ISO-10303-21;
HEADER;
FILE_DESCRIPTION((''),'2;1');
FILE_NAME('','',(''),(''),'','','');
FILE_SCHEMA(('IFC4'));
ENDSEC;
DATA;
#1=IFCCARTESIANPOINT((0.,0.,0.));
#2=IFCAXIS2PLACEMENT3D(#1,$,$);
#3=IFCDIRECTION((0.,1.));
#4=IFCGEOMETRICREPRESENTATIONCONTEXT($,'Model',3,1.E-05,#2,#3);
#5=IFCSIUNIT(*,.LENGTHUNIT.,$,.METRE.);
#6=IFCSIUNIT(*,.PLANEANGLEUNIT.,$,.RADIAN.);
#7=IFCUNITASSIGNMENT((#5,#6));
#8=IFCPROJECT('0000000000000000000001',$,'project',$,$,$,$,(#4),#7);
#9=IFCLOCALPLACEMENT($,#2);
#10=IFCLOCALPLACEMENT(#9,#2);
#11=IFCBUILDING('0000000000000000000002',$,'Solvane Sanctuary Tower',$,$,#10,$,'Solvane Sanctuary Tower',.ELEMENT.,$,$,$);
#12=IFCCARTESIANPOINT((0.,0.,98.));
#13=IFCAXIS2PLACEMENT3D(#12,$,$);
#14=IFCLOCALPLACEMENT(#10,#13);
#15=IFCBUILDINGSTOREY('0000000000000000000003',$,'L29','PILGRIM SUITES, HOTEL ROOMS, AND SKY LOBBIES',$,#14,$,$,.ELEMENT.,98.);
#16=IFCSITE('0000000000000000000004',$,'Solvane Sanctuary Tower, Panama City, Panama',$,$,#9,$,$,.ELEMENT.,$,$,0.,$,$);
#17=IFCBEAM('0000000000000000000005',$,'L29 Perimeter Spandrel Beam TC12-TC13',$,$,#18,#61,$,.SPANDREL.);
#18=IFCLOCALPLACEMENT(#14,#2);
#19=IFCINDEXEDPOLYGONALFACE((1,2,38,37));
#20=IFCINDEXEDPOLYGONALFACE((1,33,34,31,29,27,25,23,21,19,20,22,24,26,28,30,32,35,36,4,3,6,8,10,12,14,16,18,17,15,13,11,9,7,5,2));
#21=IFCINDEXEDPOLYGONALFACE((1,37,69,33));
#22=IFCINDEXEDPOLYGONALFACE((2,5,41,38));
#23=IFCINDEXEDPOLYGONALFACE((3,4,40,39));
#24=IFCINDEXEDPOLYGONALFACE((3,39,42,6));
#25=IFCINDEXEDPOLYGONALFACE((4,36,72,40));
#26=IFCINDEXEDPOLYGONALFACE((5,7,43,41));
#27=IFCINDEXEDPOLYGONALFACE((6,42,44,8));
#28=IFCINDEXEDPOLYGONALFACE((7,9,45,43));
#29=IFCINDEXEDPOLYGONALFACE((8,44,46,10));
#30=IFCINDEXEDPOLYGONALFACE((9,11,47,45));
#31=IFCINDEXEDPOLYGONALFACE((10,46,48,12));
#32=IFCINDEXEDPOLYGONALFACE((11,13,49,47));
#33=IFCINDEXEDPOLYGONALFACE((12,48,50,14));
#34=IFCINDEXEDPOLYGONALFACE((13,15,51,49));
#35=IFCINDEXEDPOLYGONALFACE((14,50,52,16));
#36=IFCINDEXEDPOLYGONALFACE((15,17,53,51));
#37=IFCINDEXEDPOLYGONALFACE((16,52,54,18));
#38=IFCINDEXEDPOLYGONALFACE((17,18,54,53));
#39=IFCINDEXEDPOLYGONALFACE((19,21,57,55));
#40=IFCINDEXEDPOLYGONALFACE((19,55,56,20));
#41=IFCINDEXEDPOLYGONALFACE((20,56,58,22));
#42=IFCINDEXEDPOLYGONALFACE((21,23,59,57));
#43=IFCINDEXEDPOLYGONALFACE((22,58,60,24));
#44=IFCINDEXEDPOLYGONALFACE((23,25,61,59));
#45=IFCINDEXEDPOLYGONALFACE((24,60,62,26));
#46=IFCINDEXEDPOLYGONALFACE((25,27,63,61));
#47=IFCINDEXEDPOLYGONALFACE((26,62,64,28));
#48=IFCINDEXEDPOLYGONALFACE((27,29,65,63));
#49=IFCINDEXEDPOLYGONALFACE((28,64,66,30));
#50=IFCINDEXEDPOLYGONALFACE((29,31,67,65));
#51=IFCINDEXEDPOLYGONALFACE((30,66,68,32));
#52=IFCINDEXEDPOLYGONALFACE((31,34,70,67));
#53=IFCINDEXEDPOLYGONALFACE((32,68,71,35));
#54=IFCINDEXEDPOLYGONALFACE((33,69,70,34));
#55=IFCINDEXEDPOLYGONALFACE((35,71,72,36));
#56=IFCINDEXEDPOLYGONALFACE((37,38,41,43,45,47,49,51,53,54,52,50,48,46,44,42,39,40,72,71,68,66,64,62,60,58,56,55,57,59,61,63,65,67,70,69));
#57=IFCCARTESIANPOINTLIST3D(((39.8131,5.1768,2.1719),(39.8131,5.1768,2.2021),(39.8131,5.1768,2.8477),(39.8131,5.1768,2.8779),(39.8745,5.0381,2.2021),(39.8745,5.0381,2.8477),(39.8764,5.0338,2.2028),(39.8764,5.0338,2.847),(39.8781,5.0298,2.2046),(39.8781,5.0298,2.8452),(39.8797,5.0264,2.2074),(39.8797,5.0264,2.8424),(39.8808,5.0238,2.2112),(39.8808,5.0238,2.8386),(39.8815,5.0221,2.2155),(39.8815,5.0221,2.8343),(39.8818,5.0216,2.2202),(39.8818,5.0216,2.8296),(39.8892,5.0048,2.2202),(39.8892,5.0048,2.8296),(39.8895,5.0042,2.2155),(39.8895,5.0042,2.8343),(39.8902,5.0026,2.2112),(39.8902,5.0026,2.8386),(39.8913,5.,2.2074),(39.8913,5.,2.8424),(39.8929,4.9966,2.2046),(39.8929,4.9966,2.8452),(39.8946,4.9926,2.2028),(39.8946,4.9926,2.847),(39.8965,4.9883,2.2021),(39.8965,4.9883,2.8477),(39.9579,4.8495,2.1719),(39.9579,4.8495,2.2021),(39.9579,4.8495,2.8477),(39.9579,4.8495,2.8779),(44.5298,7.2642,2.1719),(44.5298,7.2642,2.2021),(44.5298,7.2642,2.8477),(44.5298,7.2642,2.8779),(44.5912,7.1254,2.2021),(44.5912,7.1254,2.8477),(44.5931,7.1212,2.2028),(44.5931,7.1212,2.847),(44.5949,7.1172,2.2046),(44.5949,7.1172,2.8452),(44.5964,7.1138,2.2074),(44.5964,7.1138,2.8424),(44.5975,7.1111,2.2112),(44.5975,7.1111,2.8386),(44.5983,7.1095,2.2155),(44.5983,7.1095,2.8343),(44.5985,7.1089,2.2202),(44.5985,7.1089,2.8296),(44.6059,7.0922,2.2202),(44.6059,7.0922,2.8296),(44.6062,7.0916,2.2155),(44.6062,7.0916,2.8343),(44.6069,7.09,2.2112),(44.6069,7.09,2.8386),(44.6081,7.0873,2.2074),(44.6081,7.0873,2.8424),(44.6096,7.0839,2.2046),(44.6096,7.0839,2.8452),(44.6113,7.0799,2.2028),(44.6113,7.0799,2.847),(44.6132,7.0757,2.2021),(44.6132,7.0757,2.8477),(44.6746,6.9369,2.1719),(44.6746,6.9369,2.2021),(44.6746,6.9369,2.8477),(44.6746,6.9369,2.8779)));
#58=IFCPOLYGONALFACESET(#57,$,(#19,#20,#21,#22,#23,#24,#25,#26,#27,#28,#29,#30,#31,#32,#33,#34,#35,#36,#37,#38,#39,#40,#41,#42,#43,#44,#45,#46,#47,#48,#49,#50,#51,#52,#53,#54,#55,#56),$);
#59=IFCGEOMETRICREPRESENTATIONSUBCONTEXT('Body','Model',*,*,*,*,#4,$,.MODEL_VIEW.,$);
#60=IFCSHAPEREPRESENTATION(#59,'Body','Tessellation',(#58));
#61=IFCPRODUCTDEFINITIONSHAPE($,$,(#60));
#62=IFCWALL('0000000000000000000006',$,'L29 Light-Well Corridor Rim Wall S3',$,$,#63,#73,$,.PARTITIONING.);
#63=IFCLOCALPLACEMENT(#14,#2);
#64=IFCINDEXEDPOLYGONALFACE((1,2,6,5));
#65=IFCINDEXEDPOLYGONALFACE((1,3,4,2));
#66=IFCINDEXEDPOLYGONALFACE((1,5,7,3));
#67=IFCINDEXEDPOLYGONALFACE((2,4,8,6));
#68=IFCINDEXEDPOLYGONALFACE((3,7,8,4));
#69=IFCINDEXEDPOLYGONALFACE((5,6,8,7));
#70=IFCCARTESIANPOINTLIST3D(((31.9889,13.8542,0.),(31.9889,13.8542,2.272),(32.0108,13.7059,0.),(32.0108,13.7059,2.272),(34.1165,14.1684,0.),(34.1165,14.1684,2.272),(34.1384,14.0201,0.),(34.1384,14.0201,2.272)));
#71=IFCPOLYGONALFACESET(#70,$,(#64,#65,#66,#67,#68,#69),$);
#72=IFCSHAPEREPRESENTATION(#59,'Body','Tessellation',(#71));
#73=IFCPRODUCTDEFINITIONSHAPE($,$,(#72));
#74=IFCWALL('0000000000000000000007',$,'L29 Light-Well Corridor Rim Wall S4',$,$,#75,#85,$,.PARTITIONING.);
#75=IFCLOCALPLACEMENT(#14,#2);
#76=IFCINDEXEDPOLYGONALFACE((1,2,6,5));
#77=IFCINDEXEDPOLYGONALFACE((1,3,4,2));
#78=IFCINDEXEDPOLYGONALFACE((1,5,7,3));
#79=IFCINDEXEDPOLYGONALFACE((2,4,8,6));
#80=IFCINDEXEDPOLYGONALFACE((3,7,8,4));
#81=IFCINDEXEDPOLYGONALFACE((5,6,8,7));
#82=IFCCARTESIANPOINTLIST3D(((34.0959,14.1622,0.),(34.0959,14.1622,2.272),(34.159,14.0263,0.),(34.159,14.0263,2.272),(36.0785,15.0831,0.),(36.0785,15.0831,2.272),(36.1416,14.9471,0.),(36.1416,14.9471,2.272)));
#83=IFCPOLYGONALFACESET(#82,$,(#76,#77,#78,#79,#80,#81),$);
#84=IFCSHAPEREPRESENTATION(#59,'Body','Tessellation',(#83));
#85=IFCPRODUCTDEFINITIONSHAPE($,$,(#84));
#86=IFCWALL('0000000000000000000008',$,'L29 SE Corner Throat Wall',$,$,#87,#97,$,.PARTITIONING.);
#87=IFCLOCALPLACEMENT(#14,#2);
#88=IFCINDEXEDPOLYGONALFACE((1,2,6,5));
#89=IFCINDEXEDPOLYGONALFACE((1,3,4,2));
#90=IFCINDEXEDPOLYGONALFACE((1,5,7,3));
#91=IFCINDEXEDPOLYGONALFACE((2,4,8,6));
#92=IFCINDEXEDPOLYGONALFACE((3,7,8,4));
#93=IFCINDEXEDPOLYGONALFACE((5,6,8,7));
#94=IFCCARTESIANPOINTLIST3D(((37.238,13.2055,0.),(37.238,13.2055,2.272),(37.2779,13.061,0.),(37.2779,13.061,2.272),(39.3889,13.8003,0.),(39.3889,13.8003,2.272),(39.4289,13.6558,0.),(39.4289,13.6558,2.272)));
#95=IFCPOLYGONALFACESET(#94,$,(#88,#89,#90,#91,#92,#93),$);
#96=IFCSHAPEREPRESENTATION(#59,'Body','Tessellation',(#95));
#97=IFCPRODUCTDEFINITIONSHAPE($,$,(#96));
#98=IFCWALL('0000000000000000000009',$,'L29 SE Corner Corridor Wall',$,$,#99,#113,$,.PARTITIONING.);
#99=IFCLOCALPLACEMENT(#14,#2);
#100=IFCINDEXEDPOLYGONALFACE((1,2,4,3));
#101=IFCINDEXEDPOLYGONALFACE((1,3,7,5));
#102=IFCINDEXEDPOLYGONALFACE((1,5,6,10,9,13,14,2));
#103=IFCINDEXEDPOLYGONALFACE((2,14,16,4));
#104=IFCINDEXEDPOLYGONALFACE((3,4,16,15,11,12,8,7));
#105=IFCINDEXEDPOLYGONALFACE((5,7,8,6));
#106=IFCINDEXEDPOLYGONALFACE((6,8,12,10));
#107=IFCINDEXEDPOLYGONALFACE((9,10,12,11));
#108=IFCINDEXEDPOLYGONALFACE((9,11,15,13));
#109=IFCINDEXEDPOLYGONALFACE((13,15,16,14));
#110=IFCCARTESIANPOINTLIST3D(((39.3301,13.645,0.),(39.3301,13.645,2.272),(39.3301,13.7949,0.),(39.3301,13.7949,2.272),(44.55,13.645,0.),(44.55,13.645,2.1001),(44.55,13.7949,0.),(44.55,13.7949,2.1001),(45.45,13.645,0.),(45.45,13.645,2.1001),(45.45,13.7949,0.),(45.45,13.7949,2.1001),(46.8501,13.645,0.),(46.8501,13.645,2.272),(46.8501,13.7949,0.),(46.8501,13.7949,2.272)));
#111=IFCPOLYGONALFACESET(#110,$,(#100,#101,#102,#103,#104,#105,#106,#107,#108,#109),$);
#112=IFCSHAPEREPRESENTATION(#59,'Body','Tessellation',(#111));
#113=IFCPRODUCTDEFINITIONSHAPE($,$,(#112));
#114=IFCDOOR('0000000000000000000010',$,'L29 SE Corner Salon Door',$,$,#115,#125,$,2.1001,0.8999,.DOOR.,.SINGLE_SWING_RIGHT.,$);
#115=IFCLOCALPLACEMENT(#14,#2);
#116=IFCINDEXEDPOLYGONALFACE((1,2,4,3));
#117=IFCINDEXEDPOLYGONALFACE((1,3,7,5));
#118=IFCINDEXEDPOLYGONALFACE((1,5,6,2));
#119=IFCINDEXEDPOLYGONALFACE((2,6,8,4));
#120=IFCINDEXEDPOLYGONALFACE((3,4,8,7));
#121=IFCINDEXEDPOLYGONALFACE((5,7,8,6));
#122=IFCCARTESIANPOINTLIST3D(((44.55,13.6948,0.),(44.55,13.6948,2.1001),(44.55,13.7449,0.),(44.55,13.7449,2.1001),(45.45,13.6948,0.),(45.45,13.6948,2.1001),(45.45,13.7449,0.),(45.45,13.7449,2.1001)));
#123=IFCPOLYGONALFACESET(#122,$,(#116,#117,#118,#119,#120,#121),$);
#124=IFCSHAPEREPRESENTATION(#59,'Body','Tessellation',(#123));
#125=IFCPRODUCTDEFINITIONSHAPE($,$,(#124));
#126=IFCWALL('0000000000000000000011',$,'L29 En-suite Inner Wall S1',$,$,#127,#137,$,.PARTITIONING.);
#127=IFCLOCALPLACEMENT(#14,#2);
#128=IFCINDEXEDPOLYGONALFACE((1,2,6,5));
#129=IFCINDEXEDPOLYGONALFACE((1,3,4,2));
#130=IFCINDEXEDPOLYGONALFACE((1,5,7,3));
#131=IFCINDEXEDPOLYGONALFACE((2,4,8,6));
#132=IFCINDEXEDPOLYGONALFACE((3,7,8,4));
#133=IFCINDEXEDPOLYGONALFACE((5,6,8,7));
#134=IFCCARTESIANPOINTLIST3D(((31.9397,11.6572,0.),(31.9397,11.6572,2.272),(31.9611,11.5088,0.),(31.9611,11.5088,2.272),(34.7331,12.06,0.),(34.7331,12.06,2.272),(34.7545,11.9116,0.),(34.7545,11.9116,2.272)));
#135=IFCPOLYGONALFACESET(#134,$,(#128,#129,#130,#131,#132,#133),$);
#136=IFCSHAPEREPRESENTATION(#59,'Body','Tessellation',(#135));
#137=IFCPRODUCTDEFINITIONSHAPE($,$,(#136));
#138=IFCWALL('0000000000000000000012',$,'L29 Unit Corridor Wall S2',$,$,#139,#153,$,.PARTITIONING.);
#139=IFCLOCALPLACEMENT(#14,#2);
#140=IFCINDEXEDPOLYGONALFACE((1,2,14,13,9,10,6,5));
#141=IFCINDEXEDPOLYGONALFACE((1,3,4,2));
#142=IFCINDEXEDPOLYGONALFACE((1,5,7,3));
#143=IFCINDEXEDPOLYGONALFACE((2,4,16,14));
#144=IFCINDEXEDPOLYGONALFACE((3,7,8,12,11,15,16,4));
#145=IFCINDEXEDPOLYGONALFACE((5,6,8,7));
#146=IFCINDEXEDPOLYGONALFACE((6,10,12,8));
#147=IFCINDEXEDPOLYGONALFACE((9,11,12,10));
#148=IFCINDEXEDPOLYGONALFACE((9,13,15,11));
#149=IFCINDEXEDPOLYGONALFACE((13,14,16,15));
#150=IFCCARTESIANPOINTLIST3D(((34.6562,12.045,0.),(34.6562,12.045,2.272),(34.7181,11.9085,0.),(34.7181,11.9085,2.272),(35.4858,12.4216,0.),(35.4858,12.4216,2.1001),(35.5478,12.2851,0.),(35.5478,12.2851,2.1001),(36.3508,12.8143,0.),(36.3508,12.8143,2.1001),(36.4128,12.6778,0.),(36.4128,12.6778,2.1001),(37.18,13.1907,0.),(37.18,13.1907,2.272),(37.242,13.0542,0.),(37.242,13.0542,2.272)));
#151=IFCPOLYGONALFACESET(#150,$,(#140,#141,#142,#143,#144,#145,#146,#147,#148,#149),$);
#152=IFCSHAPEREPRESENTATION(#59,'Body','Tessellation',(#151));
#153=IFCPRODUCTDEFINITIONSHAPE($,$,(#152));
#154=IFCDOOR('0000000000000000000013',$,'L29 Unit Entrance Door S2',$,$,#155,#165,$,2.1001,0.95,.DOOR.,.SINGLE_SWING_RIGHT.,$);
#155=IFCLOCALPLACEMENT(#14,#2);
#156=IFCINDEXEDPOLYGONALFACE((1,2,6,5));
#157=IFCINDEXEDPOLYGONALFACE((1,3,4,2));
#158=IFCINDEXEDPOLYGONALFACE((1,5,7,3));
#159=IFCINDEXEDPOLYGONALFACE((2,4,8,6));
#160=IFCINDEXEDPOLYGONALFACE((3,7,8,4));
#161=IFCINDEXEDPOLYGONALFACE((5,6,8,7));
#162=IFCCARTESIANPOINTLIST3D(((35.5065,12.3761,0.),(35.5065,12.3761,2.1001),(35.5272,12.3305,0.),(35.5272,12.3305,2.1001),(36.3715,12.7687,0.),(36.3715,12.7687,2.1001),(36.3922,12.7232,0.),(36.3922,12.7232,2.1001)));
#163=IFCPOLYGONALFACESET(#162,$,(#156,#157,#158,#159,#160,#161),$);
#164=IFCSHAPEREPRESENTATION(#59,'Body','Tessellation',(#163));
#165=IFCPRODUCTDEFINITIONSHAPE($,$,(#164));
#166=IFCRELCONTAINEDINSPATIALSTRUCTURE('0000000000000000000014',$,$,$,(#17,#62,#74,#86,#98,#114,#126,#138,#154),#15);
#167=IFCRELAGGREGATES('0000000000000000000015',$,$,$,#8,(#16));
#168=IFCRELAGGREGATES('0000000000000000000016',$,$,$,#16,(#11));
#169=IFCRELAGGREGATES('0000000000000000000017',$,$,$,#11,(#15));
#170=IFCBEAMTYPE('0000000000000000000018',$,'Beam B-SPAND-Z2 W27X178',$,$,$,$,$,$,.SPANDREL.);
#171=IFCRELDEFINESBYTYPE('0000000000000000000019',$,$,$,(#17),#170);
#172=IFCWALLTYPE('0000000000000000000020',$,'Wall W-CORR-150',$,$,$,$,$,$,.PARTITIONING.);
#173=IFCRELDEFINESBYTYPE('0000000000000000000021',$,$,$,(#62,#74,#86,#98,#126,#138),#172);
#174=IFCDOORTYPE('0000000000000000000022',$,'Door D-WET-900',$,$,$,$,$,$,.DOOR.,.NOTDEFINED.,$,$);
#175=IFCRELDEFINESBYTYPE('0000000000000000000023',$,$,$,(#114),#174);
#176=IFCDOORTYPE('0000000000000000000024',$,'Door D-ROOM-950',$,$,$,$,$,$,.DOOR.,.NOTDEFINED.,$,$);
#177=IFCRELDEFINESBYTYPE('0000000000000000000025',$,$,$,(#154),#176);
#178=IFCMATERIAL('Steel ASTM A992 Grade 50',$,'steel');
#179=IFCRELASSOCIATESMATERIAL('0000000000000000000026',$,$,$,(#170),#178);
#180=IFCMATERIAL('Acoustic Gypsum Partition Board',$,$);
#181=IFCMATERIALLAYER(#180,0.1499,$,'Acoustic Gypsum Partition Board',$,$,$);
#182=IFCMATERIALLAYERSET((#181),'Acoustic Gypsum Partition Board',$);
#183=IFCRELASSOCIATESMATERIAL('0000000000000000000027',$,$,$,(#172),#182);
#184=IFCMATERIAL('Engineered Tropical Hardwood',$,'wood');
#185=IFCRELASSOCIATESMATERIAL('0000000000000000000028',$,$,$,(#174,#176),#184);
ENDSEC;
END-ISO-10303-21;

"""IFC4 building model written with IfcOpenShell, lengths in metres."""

from ifc_helpers import new_model, si_unit, direction, frame, frame_2d, origin, origin_2d, place, context, subcontext, project, spatial, rectangle, i_section, extrude, material, layer, layer_set, material_profile, profile_set, type_object, element, fill, save


model = new_model("IFC4")

# Units and contexts
model_context = context("Model", 3, precision=1e-05, world=origin(), true_north=direction((0.0, 1.0)))
body_context = subcontext(model_context, "Body", "Model", "MODEL_VIEW")
ifc_project = project(units=[si_unit("LENGTHUNIT", "METRE"), si_unit("PLANEANGLEUNIT", "RADIAN")], contexts=[model_context])

# Site, building, storey
site_placement = place(None, origin())
site = spatial("IfcSite", under=ifc_project, at=site_placement, Name="Solvane Sanctuary Tower, Panama City, Panama", CompositionType="ELEMENT", RefElevation=0.0)
building_placement = place(site_placement, origin())
building = spatial("IfcBuilding", under=site, at=building_placement, Name="Solvane Sanctuary Tower", LongName="Solvane Sanctuary Tower", CompositionType="ELEMENT")
storey_placement = place(building_placement, frame((0.0, 0.0, 98.0)))
storey = spatial("IfcBuildingStorey", under=building, at=storey_placement, Name="L29", Description="PILGRIM SUITES, HOTEL ROOMS, AND SKY LOBBIES", CompositionType="ELEMENT", Elevation=98.0)

# Beam
ifc_material_1 = material(Name="Steel ASTM A992 Grade 50", Category="steel")
ifc_material_profile_1 = material_profile(ifc_material_1, i_section(OverallWidth=0.3579, OverallDepth=0.7061, WebThickness=0.0183, FlangeThickness=0.0303, FilletRadius=0.0181, at=origin_2d()), Name="W27X178")
ifc_profile_set_1 = profile_set([ifc_material_profile_1], Name="Steel ASTM A992 Grade 50")
beam_type_1 = type_object("IfcBeamType", Name="Beam B-SPAND-Z2 W27X178", PredefinedType="SPANDREL", material=ifc_profile_set_1)
beam_1_placement = place(storey_placement, frame((39.8855, 5.0132, 2.5249), z_axis=(0.914455, 0.404689, 0.0), x_axis=(-0.404689, 0.914455, 0.0)))
element("IfcBeam", 1, at=beam_1_placement, inside=storey, type_object=beam_type_1, Name="L29 Perimeter Spandrel Beam TC12-TC13", PredefinedType="SPANDREL", context=body_context, shape_type="SweptSolid", body=[
    extrude(i_section(OverallWidth=0.3579, OverallDepth=0.7061, WebThickness=0.0183, FlangeThickness=0.0303, FilletRadius=0.0181, at=origin_2d()), origin(), (0.0, 0.0, 1.0), 5.158),
])

# Walls
ifc_material_2 = material(Name="Acoustic Gypsum Partition Board")
ifc_layer_1 = layer(ifc_material_2, 0.1499, Name="Acoustic Gypsum Partition Board")
ifc_layer_set_1 = layer_set([ifc_layer_1], Name="Acoustic Gypsum Partition Board")
wall_type_1 = type_object("IfcWallType", Name="Wall W-CORR-150", PredefinedType="PARTITIONING", material=ifc_layer_set_1)
wall_1_placement = place(storey_placement, frame((32.0, 13.78, 0.0), z_axis=(0.0, 0.0, 1.0), x_axis=(0.989269, 0.146108, 0.0)))
element("IfcWall", 2, at=wall_1_placement, inside=storey, type_object=wall_type_1, Name="L29 Light-Well Corridor Rim Wall S3", PredefinedType="PARTITIONING", context=body_context, shape_type="SweptSolid", body=[
    extrude(rectangle(XDim=2.1506, YDim=0.1499, at=frame_2d((1.0752, 0.0))), origin(), (0.0, 0.0, 1.0), 2.272),
])
wall_2_placement = place(storey_placement, frame((34.1274, 14.0942, 0.0), z_axis=(0.0, 0.0, 1.0), x_axis=(0.906943, 0.421252, 0.0)))
element("IfcWall", 3, at=wall_2_placement, inside=storey, type_object=wall_type_1, Name="L29 Light-Well Corridor Rim Wall S4", PredefinedType="PARTITIONING", context=body_context, shape_type="SweptSolid", body=[
    extrude(rectangle(XDim=2.186, YDim=0.1499, at=frame_2d((1.093, 0.0))), origin(), (0.0, 0.0, 1.0), 2.272),
])
wall_3_placement = place(storey_placement, frame((37.2581, 13.1333, 0.0), z_axis=(0.0, 0.0, 1.0), x_axis=(0.963834, 0.266504, 0.0)))
element("IfcWall", 4, at=wall_3_placement, inside=storey, type_object=wall_type_1, Name="L29 SE Corner Throat Wall", PredefinedType="PARTITIONING", context=body_context, shape_type="SweptSolid", body=[
    extrude(rectangle(XDim=2.2317, YDim=0.1499, at=frame_2d((1.1157, 0.0))), origin(), (0.0, 0.0, 1.0), 2.272),
])

# Wall, opening, door
wall_4_placement = place(storey_placement, frame((39.3301, 13.72, 0.0), z_axis=(0.0, 0.0, 1.0), x_axis=(1.0, 0.0, 0.0)))
wall_4 = element("IfcWall", 5, at=wall_4_placement, inside=storey, type_object=wall_type_1, Name="L29 SE Corner Corridor Wall", PredefinedType="PARTITIONING", context=body_context, shape_type="SweptSolid", body=[
    extrude(rectangle(XDim=7.52, YDim=0.1499, at=frame_2d((3.76, 0.0))), origin(), (0.0, 0.0, 1.0), 2.272),
])
opening_1_placement = place(wall_4_placement, frame((5.22, 0.0, 0.0)))
opening_1 = element("IfcOpeningElement", 6, at=opening_1_placement, cuts=wall_4, PredefinedType="OPENING", context=body_context, shape_type="SweptSolid", body=[
    extrude(rectangle(XDim=0.8999, YDim=2.1001, at=frame_2d((0.45, 1.05))), frame((0.0, 0.085, 0.0), z_axis=(0.0, -1.0, 0.0), x_axis=(1.0, 0.0, 0.0)), (0.0, 0.0, 1.0), 0.1699),
])
ifc_material_3 = material(Name="Engineered Tropical Hardwood", Category="wood")
door_type_1 = type_object("IfcDoorType", Name="Door D-WET-900", OperationType="NOTDEFINED", PredefinedType="DOOR", material=ifc_material_3)
door_1_placement = place(opening_1_placement, origin())
door_1 = element("IfcDoor", 7, at=door_1_placement, inside=storey, type_object=door_type_1, Name="L29 SE Corner Salon Door", OperationType="SINGLE_SWING_RIGHT", OverallHeight=2.1001, OverallWidth=0.8999, PredefinedType="DOOR", context=body_context, shape_type="SweptSolid", body=[
    extrude(rectangle(XDim=0.8999, YDim=2.1001, at=frame_2d((0.45, 1.05))), frame((0.0, 0.0249, 0.0), z_axis=(0.0, -1.0, 0.0), x_axis=(1.0, 0.0, 0.0)), (0.0, 0.0, 1.0), 0.05),
])
fill(opening_1, door_1)

# Wall
wall_5_placement = place(storey_placement, frame((31.9504, 11.583, 0.0), z_axis=(0.0, 0.0, 1.0), x_axis=(0.989762, 0.142729, 0.0)))
element("IfcWall", 8, at=wall_5_placement, inside=storey, type_object=wall_type_1, Name="L29 En-suite Inner Wall S1", PredefinedType="PARTITIONING", context=body_context, shape_type="SweptSolid", body=[
    extrude(rectangle(XDim=2.8223, YDim=0.1499, at=frame_2d((1.4111, 0.0))), origin(), (0.0, 0.0, 1.0), 2.272),
])

# Wall, opening, door
wall_6_placement = place(storey_placement, frame((34.6873, 11.9768, 0.0), z_axis=(0.0, 0.0, 1.0), x_axis=(0.910568, 0.413358, 0.0)))
wall_6 = element("IfcWall", 9, at=wall_6_placement, inside=storey, type_object=wall_type_1, Name="L29 Unit Corridor Wall S2", PredefinedType="PARTITIONING", context=body_context, shape_type="SweptSolid", body=[
    extrude(rectangle(XDim=2.7717, YDim=0.1499, at=frame_2d((1.3857, 0.0))), origin(), (0.0, 0.0, 1.0), 2.272),
])
opening_2_placement = place(wall_6_placement, frame((0.9109, 0.0, 0.0)))
opening_2 = element("IfcOpeningElement", 10, at=opening_2_placement, cuts=wall_6, PredefinedType="OPENING", context=body_context, shape_type="SweptSolid", body=[
    extrude(rectangle(XDim=0.95, YDim=2.1001, at=frame_2d((0.4751, 1.05))), frame((0.0, 0.085, 0.0), z_axis=(0.0, -1.0, 0.0), x_axis=(1.0, 0.0, 0.0)), (0.0, 0.0, 1.0), 0.1699),
])
door_type_2 = type_object("IfcDoorType", Name="Door D-ROOM-950", OperationType="NOTDEFINED", PredefinedType="DOOR", material=ifc_material_3)
door_2_placement = place(opening_2_placement, origin())
door_2 = element("IfcDoor", 11, at=door_2_placement, inside=storey, type_object=door_type_2, Name="L29 Unit Entrance Door S2", OperationType="SINGLE_SWING_RIGHT", OverallHeight=2.1001, OverallWidth=0.95, PredefinedType="DOOR", context=body_context, shape_type="SweptSolid", body=[
    extrude(rectangle(XDim=0.95, YDim=2.1001, at=frame_2d((0.4751, 1.05))), frame((0.0, 0.0249, 0.0), z_axis=(0.0, -1.0, 0.0), x_axis=(1.0, 0.0, 0.0)), (0.0, 0.0, 1.0), 0.05),
])
fill(opening_2, door_2)

save(model, "model.ifc")
